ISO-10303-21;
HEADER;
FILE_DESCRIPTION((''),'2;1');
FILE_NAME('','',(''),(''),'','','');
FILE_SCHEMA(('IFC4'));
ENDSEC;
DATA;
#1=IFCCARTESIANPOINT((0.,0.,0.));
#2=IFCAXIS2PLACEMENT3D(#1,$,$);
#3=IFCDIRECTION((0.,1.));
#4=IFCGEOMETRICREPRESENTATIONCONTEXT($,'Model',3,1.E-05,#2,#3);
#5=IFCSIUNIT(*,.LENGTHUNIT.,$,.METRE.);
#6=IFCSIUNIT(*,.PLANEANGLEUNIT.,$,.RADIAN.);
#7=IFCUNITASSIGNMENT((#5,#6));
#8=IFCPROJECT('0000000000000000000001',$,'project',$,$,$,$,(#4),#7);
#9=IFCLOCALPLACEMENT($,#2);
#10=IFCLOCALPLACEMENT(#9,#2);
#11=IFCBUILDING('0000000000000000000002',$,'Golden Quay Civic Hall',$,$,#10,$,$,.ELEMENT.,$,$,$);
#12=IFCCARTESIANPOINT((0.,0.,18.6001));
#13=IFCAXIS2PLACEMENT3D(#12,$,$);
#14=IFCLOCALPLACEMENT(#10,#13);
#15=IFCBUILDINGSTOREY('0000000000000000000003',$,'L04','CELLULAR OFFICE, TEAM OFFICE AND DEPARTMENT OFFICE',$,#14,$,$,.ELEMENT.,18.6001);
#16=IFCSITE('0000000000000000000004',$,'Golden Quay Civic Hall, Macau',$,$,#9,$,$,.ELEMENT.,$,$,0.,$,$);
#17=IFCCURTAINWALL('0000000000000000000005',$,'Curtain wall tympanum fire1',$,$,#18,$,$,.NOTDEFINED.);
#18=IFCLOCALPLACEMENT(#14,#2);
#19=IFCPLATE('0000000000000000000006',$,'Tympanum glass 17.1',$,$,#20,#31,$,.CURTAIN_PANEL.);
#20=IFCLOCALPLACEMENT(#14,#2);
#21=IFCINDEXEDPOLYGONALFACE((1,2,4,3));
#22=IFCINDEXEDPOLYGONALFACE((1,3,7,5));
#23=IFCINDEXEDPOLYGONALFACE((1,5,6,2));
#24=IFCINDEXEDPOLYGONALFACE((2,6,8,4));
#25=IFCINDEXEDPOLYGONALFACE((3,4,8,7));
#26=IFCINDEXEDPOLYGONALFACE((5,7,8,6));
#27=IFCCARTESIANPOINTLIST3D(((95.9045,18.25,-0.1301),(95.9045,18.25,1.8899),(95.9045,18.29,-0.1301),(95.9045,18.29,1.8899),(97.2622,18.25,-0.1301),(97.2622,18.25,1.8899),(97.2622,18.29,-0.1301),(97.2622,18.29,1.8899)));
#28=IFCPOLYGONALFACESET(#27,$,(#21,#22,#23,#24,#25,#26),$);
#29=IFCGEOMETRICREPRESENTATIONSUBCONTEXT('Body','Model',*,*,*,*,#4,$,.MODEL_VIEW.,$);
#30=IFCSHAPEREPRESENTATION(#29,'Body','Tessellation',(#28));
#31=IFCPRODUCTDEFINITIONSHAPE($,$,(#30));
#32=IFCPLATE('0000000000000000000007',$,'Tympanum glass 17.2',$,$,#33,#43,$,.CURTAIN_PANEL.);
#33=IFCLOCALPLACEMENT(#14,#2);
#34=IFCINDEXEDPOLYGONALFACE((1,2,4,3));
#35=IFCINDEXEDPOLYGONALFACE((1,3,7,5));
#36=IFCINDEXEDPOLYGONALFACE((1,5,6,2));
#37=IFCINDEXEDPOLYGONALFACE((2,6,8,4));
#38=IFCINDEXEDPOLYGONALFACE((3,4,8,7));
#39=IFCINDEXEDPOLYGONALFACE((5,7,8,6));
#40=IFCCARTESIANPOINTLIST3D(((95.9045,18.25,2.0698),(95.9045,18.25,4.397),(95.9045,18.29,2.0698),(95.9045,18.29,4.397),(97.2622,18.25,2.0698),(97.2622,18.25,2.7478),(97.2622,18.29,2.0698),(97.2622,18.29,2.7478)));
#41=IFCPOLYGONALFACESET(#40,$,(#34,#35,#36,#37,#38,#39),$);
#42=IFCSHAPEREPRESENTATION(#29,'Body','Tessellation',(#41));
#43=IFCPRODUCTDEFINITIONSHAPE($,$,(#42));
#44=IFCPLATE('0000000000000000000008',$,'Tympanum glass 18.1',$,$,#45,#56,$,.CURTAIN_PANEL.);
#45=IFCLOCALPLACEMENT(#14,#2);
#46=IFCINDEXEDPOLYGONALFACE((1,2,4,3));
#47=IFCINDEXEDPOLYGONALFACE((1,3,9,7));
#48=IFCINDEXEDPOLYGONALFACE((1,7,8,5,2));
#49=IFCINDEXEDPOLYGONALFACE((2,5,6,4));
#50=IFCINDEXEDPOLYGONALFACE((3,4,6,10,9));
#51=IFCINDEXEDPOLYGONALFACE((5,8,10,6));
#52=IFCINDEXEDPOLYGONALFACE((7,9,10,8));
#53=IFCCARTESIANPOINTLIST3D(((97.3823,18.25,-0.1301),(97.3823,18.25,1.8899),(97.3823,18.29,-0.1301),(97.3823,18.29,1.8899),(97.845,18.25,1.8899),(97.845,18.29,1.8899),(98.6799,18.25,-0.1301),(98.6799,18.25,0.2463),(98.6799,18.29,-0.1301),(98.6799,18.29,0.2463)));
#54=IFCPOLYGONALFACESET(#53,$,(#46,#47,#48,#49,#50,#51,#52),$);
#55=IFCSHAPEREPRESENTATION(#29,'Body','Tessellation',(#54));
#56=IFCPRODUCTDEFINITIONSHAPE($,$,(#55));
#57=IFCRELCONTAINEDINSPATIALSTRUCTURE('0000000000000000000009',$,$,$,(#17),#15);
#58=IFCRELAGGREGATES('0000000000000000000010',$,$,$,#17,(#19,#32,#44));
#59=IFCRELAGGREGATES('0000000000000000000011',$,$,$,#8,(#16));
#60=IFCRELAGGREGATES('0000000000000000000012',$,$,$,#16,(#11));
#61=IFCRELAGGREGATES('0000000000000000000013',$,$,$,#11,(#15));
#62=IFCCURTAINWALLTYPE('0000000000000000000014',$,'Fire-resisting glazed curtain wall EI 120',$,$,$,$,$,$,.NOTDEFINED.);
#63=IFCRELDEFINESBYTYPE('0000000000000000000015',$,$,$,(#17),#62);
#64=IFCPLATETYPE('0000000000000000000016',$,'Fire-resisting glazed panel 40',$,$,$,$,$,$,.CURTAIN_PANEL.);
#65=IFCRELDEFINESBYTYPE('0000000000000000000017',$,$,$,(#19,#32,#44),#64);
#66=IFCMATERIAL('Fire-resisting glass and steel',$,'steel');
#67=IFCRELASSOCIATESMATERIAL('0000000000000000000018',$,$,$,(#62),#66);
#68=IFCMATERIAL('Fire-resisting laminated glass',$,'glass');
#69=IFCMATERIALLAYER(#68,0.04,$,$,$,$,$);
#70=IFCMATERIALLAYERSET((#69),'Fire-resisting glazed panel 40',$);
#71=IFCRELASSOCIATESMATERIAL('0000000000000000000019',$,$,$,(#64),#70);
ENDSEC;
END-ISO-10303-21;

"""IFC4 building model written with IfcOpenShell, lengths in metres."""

from ifc_helpers import new_model, si_unit, direction, frame, origin, place, context, subcontext, project, spatial, polyline, outline, extrude, material, layer, layer_set, type_object, element, aggregate, save


model = new_model("IFC4")

# Units and contexts
model_context = context("Model", 3, precision=1e-05, world=origin(), true_north=direction((0.0, 1.0)))
body_context = subcontext(model_context, "Body", "Model", "MODEL_VIEW")
ifc_project = project(units=[si_unit("LENGTHUNIT", "METRE"), si_unit("PLANEANGLEUNIT", "RADIAN")], contexts=[model_context])

# Site, building, storey
site_placement = place(None, origin())
site = spatial("IfcSite", under=ifc_project, at=site_placement, Name="Golden Quay Civic Hall, Macau", CompositionType="ELEMENT", RefElevation=0.0)
building_placement = place(site_placement, origin())
building = spatial("IfcBuilding", under=site, at=building_placement, Name="Golden Quay Civic Hall", CompositionType="ELEMENT")
storey_placement = place(building_placement, frame((0.0, 0.0, 18.6001)))
storey = spatial("IfcBuildingStorey", under=building, at=storey_placement, Name="L04", Description="CELLULAR OFFICE, TEAM OFFICE AND DEPARTMENT OFFICE", CompositionType="ELEMENT", Elevation=18.6001)

# Curtain wall
ifc_material_1 = material(Name="Fire-resisting glass and steel", Category="steel")
curtain_wall_type = type_object("IfcCurtainWallType", Name="Fire-resisting glazed curtain wall EI 120", PredefinedType="NOTDEFINED", material=ifc_material_1)
curtain_wall_placement = place(storey_placement, origin())
curtain_wall = element("IfcCurtainWall", 1, at=curtain_wall_placement, inside=storey, type_object=curtain_wall_type, Name="Curtain wall tympanum fire1", PredefinedType="NOTDEFINED")

# Plates
ifc_material_2 = material(Name="Fire-resisting laminated glass", Category="glass")
ifc_layer = layer(ifc_material_2, 0.04)
ifc_layer_set = layer_set([ifc_layer], Name="Fire-resisting glazed panel 40")
plate_type = type_object("IfcPlateType", Name="Fire-resisting glazed panel 40", PredefinedType="CURTAIN_PANEL", material=ifc_layer_set)
plate_1_placement = place(storey_placement, frame((97.2622, 18.29, -0.1301), z_axis=(0.0, 1.0, 0.0), x_axis=(-1.0, 0.0, 0.0)))
plate_1 = element("IfcPlate", 2, at=plate_1_placement, type_object=plate_type, Name="Tympanum glass 17.1", PredefinedType="CURTAIN_PANEL", context=body_context, shape_type="SweptSolid", body=[
    extrude(outline(polyline([(0.0, 0.0), (1.3577, 0.0), (1.3577, 2.02), (0.0, 2.02), (0.0, 0.0)])), origin(), (0.0, 0.0, -1.0), 0.04),
])
plate_2_placement = place(storey_placement, frame((97.2622, 18.29, 2.0698), z_axis=(0.0, 1.0, 0.0), x_axis=(-1.0, 0.0, 0.0)))
plate_2 = element("IfcPlate", 3, at=plate_2_placement, type_object=plate_type, Name="Tympanum glass 17.2", PredefinedType="CURTAIN_PANEL", context=body_context, shape_type="SweptSolid", body=[
    extrude(outline(polyline([(0.0, 0.0), (1.3577, 0.0), (1.3577, 2.3271), (0.0, 0.678), (0.0, 0.0)])), origin(), (0.0, 0.0, -1.0), 0.04),
])
plate_3_placement = place(storey_placement, frame((98.6799, 18.29, -0.1301), z_axis=(0.0, 1.0, 0.0), x_axis=(-1.0, 0.0, 0.0)))
plate_3 = element("IfcPlate", 4, at=plate_3_placement, type_object=plate_type, Name="Tympanum glass 18.1", PredefinedType="CURTAIN_PANEL", context=body_context, shape_type="SweptSolid", body=[
    extrude(outline(polyline([(0.0, 0.0), (1.2976, 0.0), (1.2976, 2.02), (0.835, 2.02), (0.0, 0.3765), (0.0, 0.0)])), origin(), (0.0, 0.0, -1.0), 0.04),
])
aggregate(curtain_wall, [plate_1, plate_2, plate_3])

save(model, "model.ifc")
